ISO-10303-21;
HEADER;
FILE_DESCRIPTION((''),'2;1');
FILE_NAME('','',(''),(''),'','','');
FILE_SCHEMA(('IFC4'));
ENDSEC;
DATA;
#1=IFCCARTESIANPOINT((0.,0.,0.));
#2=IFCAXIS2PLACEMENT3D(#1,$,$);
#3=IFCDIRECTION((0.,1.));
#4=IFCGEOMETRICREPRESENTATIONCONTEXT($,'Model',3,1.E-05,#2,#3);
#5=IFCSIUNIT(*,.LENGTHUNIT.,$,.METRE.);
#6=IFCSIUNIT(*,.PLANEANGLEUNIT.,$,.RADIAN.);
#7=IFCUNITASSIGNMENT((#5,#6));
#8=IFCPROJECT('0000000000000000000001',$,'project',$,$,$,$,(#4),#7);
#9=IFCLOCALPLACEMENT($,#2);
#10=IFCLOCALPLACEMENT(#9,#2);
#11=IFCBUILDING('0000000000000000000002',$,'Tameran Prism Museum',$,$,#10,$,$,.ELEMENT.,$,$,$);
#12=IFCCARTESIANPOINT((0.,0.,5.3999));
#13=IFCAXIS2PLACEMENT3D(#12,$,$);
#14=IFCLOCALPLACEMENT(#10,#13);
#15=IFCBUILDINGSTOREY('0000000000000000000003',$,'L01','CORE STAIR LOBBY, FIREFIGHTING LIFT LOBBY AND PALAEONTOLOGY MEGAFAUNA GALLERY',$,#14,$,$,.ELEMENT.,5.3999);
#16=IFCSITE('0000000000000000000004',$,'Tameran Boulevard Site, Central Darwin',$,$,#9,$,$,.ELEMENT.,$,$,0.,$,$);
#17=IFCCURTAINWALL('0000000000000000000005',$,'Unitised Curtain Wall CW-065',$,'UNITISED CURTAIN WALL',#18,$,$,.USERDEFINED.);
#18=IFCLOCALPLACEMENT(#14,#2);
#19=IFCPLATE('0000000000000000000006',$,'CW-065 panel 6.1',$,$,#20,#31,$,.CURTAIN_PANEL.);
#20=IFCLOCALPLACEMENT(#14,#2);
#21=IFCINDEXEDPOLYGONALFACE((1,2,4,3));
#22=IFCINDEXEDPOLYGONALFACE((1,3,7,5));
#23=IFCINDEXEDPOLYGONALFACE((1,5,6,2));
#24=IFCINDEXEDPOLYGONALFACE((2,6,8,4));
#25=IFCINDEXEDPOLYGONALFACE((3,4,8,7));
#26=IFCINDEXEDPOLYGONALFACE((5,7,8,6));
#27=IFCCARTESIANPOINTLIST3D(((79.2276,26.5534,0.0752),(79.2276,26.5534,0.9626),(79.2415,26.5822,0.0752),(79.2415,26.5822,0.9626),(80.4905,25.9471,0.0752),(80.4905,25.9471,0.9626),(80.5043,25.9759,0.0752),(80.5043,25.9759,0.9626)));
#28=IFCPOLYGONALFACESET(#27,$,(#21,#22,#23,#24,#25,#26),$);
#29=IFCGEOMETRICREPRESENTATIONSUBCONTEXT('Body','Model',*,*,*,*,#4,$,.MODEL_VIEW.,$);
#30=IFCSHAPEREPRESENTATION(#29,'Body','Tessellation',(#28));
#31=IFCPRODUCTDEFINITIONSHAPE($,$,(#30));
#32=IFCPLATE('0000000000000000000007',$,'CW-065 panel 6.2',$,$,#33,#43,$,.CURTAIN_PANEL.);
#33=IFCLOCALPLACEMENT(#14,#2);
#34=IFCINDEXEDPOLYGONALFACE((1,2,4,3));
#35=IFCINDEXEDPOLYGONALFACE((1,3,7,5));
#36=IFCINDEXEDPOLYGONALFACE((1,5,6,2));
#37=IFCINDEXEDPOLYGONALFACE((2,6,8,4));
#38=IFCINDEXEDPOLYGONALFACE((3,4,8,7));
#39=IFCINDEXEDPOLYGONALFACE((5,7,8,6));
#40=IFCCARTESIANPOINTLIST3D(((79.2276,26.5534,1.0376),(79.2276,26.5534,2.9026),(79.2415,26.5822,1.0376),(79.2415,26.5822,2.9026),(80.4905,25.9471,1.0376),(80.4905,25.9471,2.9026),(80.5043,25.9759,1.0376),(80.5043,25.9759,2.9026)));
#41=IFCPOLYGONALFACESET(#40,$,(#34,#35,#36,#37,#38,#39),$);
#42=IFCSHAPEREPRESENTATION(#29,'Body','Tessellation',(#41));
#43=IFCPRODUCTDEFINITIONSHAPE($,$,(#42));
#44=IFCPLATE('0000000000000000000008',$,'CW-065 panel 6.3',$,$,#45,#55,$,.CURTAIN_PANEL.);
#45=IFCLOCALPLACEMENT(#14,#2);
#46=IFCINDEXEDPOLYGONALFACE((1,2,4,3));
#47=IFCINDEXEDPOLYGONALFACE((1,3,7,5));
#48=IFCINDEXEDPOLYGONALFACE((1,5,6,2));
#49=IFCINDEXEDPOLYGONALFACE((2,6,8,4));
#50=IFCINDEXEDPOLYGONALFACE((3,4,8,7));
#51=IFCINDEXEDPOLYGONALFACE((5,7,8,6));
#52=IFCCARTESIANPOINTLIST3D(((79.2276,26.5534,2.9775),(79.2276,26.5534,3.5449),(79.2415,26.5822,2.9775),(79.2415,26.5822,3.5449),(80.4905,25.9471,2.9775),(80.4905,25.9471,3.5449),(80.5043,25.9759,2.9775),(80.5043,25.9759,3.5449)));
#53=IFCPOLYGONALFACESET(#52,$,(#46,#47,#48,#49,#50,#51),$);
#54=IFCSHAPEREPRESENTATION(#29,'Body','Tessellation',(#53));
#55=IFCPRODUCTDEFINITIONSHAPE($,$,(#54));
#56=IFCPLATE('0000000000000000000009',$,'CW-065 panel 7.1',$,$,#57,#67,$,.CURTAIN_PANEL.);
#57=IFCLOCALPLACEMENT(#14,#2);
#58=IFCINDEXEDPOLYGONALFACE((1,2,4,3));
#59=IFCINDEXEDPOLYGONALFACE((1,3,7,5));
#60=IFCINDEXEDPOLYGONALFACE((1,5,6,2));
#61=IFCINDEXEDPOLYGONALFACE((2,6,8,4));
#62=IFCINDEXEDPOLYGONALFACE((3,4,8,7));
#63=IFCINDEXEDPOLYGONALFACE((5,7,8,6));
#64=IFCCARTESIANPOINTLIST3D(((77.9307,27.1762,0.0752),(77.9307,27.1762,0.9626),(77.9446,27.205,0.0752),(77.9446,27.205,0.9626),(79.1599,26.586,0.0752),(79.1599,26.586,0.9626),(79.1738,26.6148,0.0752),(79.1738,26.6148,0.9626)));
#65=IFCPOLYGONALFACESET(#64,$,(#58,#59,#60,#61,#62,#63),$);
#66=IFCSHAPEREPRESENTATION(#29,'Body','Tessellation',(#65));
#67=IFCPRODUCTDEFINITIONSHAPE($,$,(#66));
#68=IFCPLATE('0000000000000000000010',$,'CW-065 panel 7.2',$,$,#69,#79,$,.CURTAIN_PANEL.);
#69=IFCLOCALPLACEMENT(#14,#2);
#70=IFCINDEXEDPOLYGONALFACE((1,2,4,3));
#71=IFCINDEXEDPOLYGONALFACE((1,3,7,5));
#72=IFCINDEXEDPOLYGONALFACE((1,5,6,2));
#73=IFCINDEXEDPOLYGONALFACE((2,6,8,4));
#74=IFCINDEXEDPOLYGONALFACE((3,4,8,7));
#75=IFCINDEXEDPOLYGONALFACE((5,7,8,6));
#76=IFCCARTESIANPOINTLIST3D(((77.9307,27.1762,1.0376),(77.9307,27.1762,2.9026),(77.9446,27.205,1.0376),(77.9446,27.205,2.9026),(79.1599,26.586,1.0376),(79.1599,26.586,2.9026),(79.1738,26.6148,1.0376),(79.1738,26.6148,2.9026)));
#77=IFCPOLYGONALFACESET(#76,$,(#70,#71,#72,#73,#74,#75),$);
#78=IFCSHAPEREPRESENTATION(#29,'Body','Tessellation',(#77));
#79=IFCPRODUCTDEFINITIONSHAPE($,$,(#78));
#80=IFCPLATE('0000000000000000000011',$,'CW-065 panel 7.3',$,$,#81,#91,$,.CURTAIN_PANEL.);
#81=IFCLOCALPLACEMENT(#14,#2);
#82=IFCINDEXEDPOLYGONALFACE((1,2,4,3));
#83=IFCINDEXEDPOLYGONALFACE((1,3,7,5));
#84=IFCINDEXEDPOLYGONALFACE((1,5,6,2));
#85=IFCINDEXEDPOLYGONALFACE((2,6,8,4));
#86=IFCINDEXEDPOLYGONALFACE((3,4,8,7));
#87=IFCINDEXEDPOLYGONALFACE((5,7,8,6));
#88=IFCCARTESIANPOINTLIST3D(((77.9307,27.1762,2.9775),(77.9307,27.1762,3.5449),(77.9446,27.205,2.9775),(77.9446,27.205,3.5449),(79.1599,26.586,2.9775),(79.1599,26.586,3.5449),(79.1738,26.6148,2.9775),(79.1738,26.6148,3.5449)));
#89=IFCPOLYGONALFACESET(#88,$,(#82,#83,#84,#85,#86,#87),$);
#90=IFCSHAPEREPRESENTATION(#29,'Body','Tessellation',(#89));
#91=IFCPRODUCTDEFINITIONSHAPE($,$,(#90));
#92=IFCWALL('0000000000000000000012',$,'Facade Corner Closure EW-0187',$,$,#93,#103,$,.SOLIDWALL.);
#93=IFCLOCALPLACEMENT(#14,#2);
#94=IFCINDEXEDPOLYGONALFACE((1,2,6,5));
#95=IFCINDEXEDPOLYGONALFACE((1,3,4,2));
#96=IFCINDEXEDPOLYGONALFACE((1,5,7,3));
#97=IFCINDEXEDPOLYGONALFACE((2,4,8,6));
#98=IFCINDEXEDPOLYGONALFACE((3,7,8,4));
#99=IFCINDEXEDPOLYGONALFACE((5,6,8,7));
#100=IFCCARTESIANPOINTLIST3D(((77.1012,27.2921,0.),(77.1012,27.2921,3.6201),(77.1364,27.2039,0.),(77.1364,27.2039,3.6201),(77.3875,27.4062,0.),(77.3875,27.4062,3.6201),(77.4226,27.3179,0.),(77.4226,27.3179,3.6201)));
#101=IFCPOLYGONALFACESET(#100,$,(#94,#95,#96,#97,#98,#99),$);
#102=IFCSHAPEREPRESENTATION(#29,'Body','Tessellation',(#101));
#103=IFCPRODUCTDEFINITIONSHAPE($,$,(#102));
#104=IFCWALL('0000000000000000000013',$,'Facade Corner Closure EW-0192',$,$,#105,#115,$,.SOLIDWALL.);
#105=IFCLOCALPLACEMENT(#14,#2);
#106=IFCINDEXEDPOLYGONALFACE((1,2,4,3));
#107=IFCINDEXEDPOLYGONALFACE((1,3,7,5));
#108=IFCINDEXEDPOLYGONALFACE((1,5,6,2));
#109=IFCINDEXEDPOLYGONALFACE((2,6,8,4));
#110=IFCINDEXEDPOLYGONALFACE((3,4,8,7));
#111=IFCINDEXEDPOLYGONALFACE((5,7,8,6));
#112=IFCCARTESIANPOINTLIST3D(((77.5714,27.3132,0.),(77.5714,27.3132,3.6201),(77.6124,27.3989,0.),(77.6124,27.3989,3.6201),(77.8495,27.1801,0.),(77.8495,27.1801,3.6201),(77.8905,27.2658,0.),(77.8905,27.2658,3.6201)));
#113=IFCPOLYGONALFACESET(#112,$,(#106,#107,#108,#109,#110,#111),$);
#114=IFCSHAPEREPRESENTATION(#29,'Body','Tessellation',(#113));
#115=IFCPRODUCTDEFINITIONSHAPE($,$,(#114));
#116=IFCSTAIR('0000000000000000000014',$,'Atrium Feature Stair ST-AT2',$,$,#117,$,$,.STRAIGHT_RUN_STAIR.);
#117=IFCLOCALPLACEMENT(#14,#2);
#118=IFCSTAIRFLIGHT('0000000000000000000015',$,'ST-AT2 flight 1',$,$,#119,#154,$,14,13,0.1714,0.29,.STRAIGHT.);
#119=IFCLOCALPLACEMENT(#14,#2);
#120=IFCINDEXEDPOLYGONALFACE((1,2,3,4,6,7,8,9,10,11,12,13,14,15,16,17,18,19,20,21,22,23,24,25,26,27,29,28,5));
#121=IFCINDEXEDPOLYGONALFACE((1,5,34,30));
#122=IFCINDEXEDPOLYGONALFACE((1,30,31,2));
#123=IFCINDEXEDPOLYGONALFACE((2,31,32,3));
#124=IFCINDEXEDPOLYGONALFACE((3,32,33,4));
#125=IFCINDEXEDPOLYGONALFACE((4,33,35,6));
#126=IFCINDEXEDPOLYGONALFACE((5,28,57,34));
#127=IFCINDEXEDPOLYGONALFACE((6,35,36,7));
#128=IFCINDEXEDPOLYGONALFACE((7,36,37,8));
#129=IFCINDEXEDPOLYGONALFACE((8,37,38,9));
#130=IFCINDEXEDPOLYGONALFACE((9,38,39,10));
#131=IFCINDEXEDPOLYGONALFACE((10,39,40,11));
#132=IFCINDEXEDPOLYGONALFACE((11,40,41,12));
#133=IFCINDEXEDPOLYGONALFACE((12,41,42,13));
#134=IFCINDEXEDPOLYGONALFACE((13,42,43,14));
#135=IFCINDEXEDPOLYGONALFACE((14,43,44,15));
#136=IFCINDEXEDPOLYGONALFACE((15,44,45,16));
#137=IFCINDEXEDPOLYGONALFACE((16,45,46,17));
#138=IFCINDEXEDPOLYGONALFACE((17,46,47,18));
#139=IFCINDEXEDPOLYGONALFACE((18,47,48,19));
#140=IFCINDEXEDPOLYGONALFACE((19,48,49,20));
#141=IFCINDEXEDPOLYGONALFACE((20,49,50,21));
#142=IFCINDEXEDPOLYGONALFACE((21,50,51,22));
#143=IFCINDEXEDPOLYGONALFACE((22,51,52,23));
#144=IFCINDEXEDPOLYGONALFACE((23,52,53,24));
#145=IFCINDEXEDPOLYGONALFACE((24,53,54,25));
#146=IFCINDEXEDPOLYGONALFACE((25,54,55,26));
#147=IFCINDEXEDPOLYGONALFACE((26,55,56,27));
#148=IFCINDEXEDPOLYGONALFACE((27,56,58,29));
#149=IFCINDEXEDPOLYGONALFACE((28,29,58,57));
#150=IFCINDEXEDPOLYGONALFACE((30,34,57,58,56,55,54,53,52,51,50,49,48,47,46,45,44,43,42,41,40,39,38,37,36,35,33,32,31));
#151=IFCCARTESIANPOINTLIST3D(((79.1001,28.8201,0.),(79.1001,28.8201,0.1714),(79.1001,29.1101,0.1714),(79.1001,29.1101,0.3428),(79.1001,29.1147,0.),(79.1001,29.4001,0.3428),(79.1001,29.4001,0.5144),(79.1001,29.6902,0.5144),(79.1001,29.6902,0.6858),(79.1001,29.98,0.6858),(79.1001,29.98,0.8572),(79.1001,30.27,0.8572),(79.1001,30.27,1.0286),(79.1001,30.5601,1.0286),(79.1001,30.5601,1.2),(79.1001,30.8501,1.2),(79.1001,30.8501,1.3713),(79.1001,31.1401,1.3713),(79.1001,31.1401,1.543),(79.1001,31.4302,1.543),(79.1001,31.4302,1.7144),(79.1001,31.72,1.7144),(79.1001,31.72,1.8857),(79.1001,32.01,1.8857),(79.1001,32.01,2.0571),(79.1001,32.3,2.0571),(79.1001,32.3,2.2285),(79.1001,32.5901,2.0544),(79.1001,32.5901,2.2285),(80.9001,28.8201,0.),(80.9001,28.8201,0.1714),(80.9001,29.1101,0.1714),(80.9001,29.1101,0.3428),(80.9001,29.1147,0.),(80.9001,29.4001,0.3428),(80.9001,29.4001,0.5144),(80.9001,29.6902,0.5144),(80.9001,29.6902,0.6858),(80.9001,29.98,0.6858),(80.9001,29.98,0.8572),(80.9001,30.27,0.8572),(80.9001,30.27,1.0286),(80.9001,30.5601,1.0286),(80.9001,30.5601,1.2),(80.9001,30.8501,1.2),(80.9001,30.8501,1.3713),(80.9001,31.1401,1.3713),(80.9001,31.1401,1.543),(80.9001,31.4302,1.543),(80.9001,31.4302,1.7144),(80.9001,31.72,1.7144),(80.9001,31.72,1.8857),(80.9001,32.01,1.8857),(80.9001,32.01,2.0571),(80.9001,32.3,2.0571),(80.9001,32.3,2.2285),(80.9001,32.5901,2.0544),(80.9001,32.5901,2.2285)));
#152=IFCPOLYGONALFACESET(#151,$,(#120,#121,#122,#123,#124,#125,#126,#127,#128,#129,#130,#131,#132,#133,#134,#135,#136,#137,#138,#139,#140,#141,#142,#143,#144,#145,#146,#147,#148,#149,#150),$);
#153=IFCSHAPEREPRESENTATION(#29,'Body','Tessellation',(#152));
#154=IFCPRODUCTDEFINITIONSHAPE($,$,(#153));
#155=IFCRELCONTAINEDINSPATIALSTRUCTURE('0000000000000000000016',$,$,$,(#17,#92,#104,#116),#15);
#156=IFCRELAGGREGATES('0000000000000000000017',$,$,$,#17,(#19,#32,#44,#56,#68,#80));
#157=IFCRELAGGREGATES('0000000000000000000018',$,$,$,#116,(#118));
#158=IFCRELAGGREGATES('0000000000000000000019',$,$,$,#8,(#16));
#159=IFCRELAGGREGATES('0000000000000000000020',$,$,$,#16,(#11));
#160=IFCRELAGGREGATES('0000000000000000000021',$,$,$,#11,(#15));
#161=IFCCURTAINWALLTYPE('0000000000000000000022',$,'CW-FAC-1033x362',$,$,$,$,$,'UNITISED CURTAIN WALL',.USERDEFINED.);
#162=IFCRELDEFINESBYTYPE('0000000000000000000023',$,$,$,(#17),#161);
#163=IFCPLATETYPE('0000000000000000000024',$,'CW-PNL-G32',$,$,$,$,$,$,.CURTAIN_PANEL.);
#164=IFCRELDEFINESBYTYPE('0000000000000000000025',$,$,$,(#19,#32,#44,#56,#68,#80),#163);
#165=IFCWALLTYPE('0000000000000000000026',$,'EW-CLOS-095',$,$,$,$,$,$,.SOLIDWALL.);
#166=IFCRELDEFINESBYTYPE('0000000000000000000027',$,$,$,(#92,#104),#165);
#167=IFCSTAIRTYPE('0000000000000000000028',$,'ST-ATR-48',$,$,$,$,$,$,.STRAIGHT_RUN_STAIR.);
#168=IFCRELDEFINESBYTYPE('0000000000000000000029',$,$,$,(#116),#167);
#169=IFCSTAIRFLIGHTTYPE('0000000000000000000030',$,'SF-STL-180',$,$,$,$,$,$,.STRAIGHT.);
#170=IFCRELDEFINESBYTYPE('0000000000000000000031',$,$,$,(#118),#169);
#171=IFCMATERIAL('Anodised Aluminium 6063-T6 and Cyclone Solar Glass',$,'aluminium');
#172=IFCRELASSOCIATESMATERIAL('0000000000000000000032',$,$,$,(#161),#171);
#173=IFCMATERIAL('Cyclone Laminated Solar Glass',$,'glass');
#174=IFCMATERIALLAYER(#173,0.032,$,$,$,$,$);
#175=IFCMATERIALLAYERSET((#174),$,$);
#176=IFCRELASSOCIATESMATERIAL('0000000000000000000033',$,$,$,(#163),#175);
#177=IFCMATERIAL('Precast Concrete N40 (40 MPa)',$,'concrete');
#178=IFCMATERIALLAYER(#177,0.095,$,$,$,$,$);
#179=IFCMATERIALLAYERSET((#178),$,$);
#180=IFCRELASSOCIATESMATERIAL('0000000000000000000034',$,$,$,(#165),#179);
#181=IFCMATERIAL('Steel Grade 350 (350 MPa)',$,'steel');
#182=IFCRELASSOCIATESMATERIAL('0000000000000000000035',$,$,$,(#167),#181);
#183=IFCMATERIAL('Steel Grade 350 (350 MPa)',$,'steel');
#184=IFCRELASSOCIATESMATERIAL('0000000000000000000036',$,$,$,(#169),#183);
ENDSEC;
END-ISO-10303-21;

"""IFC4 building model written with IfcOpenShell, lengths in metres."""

from ifc_helpers import new_model, si_unit, direction, frame, frame_2d, origin, origin_2d, place, context, subcontext, project, spatial, polyline, rectangle, outline, extrude, material, layer, layer_set, type_object, element, aggregate, save


model = new_model("IFC4")

# Units and contexts
model_context = context("Model", 3, precision=1e-05, world=origin(), true_north=direction((0.0, 1.0)))
body_context = subcontext(model_context, "Body", "Model", "MODEL_VIEW")
ifc_project = project(units=[si_unit("LENGTHUNIT", "METRE"), si_unit("PLANEANGLEUNIT", "RADIAN")], contexts=[model_context])

# Site, building, storey
site_placement = place(None, origin())
site = spatial("IfcSite", under=ifc_project, at=site_placement, Name="Tameran Boulevard Site, Central Darwin", CompositionType="ELEMENT", RefElevation=0.0)
building_placement = place(site_placement, origin())
building = spatial("IfcBuilding", under=site, at=building_placement, Name="Tameran Prism Museum", CompositionType="ELEMENT")
storey_placement = place(building_placement, frame((0.0, 0.0, 5.3999)))
storey = spatial("IfcBuildingStorey", under=building, at=storey_placement, Name="L01", Description="CORE STAIR LOBBY, FIREFIGHTING LIFT LOBBY AND PALAEONTOLOGY MEGAFAUNA GALLERY", CompositionType="ELEMENT", Elevation=5.3999)

# Curtain wall
ifc_material_1 = material(Name="Anodised Aluminium 6063-T6 and Cyclone Solar Glass", Category="aluminium")
curtain_wall_type_1 = type_object("IfcCurtainWallType", Name="CW-FAC-1033x362", ElementType="UNITISED CURTAIN WALL", PredefinedType="USERDEFINED", material=ifc_material_1)
curtain_wall_1_placement = place(storey_placement, origin())
curtain_wall_1 = element("IfcCurtainWall", 1, at=curtain_wall_1_placement, inside=storey, type_object=curtain_wall_type_1, Name="Unitised Curtain Wall CW-065", ObjectType="UNITISED CURTAIN WALL", PredefinedType="USERDEFINED")

# Plates
ifc_material_2 = material(Name="Cyclone Laminated Solar Glass", Category="glass")
ifc_layer_1 = layer(ifc_material_2, 0.032)
ifc_layer_set_1 = layer_set([ifc_layer_1])
plate_type = type_object("IfcPlateType", Name="CW-PNL-G32", PredefinedType="CURTAIN_PANEL", material=ifc_layer_set_1)
plate_1_placement = place(storey_placement, frame((79.866, 26.2646, 0.0752), z_axis=(0.0, 0.0, 1.0), x_axis=(-0.901475, 0.432832, 0.0)))
plate_1 = element("IfcPlate", 2, at=plate_1_placement, type_object=plate_type, Name="CW-065 panel 6.1", PredefinedType="CURTAIN_PANEL", context=body_context, shape_type="SweptSolid", body=[
    extrude(rectangle(XDim=1.4009, YDim=0.032, at=origin_2d()), origin(), (0.0, 0.0, 1.0), 0.8875),
])
plate_2_placement = place(storey_placement, frame((79.866, 26.2646, 1.0376), z_axis=(0.0, 0.0, 1.0), x_axis=(-0.901475, 0.432832, 0.0)))
plate_2 = element("IfcPlate", 3, at=plate_2_placement, type_object=plate_type, Name="CW-065 panel 6.2", PredefinedType="CURTAIN_PANEL", context=body_context, shape_type="SweptSolid", body=[
    extrude(rectangle(XDim=1.4009, YDim=0.032, at=origin_2d()), origin(), (0.0, 0.0, 1.0), 1.865),
])
plate_3_placement = place(storey_placement, frame((79.866, 26.2646, 2.9775), z_axis=(0.0, 0.0, 1.0), x_axis=(-0.901475, 0.432832, 0.0)))
plate_3 = element("IfcPlate", 4, at=plate_3_placement, type_object=plate_type, Name="CW-065 panel 6.3", PredefinedType="CURTAIN_PANEL", context=body_context, shape_type="SweptSolid", body=[
    extrude(rectangle(XDim=1.4009, YDim=0.032, at=origin_2d()), origin(), (0.0, 0.0, 1.0), 0.5674),
])
plate_4_placement = place(storey_placement, frame((78.5522, 26.8955, 0.0752), z_axis=(0.0, 0.0, 1.0), x_axis=(-0.901475, 0.432832, 0.0)))
plate_4 = element("IfcPlate", 5, at=plate_4_placement, type_object=plate_type, Name="CW-065 panel 7.1", PredefinedType="CURTAIN_PANEL", context=body_context, shape_type="SweptSolid", body=[
    extrude(rectangle(XDim=1.3635, YDim=0.032, at=origin_2d()), origin(), (0.0, 0.0, 1.0), 0.8875),
])
plate_5_placement = place(storey_placement, frame((78.5522, 26.8955, 1.0376), z_axis=(0.0, 0.0, 1.0), x_axis=(-0.901475, 0.432832, 0.0)))
plate_5 = element("IfcPlate", 6, at=plate_5_placement, type_object=plate_type, Name="CW-065 panel 7.2", PredefinedType="CURTAIN_PANEL", context=body_context, shape_type="SweptSolid", body=[
    extrude(rectangle(XDim=1.3635, YDim=0.032, at=origin_2d()), origin(), (0.0, 0.0, 1.0), 1.865),
])
plate_6_placement = place(storey_placement, frame((78.5522, 26.8955, 2.9775), z_axis=(0.0, 0.0, 1.0), x_axis=(-0.901475, 0.432832, 0.0)))
plate_6 = element("IfcPlate", 7, at=plate_6_placement, type_object=plate_type, Name="CW-065 panel 7.3", PredefinedType="CURTAIN_PANEL", context=body_context, shape_type="SweptSolid", body=[
    extrude(rectangle(XDim=1.3635, YDim=0.032, at=origin_2d()), origin(), (0.0, 0.0, 1.0), 0.5674),
])
aggregate(curtain_wall_1, [plate_1, plate_2, plate_3, plate_4, plate_5, plate_6])

# Walls
ifc_material_3 = material(Name="Precast Concrete N40 (40 MPa)", Category="concrete")
ifc_layer_2 = layer(ifc_material_3, 0.095)
ifc_layer_set_2 = layer_set([ifc_layer_2])
wall_type = type_object("IfcWallType", Name="EW-CLOS-095", PredefinedType="SOLIDWALL", material=ifc_layer_set_2)
wall_1_placement = place(storey_placement, frame((77.405, 27.3621, 0.0), z_axis=(0.0, 0.0, 1.0), x_axis=(-0.928968, -0.37016, 0.0)))
element("IfcWall", 8, at=wall_1_placement, inside=storey, type_object=wall_type, Name="Facade Corner Closure EW-0187", PredefinedType="SOLIDWALL", context=body_context, shape_type="SweptSolid", body=[
    extrude(rectangle(XDim=0.3081, YDim=0.095, at=frame_2d((0.1541, 0.0))), origin(), (0.0, 0.0, 1.0), 3.6201),
])
wall_2_placement = place(storey_placement, frame((77.8701, 27.2229, 0.0), z_axis=(0.0, 0.0, 1.0), x_axis=(-0.902054, 0.431624, 0.0)))
element("IfcWall", 9, at=wall_2_placement, inside=storey, type_object=wall_type, Name="Facade Corner Closure EW-0192", PredefinedType="SOLIDWALL", context=body_context, shape_type="SweptSolid", body=[
    extrude(rectangle(XDim=0.3083, YDim=0.095, at=frame_2d((0.1543, 0.0))), origin(), (0.0, 0.0, 1.0), 3.6201),
])

# Stair, stair flight
ifc_material_4 = material(Name="Steel Grade 350 (350 MPa)", Category="steel")
stair_type = type_object("IfcStairType", Name="ST-ATR-48", PredefinedType="STRAIGHT_RUN_STAIR", material=ifc_material_4)
stair_placement = place(storey_placement, origin())
stair = element("IfcStair", 10, at=stair_placement, inside=storey, type_object=stair_type, Name="Atrium Feature Stair ST-AT2", PredefinedType="STRAIGHT_RUN_STAIR")
ifc_material_5 = material(Name="Steel Grade 350 (350 MPa)", Category="steel")
stair_flight_type = type_object("IfcStairFlightType", Name="SF-STL-180", PredefinedType="STRAIGHT", material=ifc_material_5)
stair_flight_placement = place(storey_placement, frame((80.0, 28.8201, 0.0), z_axis=(0.0, 0.0, 1.0), x_axis=(0.0, 1.0, 0.0)))
stair_flight = element("IfcStairFlight", 11, at=stair_flight_placement, type_object=stair_flight_type, Name="ST-AT2 flight 1", NumberOfRisers=14, NumberOfTreads=13, PredefinedType="STRAIGHT", RiserHeight=0.1714, TreadLength=0.29, context=body_context, shape_type="SweptSolid", body=[
    extrude(outline(polyline([(0.0, 0.0), (0.0, 0.1714), (0.29, 0.1714), (0.29, 0.3428), (0.5801, 0.3428), (0.5801, 0.5144), (0.8701, 0.5144), (0.8701, 0.6858), (1.1599, 0.6858), (1.1599, 0.8572), (1.45, 0.8572), (1.45, 1.0286), (1.74, 1.0286), (1.74, 1.2), (2.03, 1.2), (2.03, 1.3713), (2.3201, 1.3713), (2.3201, 1.543), (2.6101, 1.543), (2.6101, 1.7144), (2.8999, 1.7144), (2.8999, 1.8857), (3.1899, 1.8857), (3.1899, 2.0571), (3.48, 2.0571), (3.48, 2.2285), (3.77, 2.2285), (3.77, 2.3999), (3.77, 2.0544), (0.2947, 0.0), (0.0, 0.0)])), frame((0.0, 0.8999, 0.0), z_axis=(0.0, -1.0, 0.0), x_axis=(1.0, 0.0, 0.0)), (0.0, 0.0, 1.0), 1.8),
])
aggregate(stair, [stair_flight])

save(model, "model.ifc")
